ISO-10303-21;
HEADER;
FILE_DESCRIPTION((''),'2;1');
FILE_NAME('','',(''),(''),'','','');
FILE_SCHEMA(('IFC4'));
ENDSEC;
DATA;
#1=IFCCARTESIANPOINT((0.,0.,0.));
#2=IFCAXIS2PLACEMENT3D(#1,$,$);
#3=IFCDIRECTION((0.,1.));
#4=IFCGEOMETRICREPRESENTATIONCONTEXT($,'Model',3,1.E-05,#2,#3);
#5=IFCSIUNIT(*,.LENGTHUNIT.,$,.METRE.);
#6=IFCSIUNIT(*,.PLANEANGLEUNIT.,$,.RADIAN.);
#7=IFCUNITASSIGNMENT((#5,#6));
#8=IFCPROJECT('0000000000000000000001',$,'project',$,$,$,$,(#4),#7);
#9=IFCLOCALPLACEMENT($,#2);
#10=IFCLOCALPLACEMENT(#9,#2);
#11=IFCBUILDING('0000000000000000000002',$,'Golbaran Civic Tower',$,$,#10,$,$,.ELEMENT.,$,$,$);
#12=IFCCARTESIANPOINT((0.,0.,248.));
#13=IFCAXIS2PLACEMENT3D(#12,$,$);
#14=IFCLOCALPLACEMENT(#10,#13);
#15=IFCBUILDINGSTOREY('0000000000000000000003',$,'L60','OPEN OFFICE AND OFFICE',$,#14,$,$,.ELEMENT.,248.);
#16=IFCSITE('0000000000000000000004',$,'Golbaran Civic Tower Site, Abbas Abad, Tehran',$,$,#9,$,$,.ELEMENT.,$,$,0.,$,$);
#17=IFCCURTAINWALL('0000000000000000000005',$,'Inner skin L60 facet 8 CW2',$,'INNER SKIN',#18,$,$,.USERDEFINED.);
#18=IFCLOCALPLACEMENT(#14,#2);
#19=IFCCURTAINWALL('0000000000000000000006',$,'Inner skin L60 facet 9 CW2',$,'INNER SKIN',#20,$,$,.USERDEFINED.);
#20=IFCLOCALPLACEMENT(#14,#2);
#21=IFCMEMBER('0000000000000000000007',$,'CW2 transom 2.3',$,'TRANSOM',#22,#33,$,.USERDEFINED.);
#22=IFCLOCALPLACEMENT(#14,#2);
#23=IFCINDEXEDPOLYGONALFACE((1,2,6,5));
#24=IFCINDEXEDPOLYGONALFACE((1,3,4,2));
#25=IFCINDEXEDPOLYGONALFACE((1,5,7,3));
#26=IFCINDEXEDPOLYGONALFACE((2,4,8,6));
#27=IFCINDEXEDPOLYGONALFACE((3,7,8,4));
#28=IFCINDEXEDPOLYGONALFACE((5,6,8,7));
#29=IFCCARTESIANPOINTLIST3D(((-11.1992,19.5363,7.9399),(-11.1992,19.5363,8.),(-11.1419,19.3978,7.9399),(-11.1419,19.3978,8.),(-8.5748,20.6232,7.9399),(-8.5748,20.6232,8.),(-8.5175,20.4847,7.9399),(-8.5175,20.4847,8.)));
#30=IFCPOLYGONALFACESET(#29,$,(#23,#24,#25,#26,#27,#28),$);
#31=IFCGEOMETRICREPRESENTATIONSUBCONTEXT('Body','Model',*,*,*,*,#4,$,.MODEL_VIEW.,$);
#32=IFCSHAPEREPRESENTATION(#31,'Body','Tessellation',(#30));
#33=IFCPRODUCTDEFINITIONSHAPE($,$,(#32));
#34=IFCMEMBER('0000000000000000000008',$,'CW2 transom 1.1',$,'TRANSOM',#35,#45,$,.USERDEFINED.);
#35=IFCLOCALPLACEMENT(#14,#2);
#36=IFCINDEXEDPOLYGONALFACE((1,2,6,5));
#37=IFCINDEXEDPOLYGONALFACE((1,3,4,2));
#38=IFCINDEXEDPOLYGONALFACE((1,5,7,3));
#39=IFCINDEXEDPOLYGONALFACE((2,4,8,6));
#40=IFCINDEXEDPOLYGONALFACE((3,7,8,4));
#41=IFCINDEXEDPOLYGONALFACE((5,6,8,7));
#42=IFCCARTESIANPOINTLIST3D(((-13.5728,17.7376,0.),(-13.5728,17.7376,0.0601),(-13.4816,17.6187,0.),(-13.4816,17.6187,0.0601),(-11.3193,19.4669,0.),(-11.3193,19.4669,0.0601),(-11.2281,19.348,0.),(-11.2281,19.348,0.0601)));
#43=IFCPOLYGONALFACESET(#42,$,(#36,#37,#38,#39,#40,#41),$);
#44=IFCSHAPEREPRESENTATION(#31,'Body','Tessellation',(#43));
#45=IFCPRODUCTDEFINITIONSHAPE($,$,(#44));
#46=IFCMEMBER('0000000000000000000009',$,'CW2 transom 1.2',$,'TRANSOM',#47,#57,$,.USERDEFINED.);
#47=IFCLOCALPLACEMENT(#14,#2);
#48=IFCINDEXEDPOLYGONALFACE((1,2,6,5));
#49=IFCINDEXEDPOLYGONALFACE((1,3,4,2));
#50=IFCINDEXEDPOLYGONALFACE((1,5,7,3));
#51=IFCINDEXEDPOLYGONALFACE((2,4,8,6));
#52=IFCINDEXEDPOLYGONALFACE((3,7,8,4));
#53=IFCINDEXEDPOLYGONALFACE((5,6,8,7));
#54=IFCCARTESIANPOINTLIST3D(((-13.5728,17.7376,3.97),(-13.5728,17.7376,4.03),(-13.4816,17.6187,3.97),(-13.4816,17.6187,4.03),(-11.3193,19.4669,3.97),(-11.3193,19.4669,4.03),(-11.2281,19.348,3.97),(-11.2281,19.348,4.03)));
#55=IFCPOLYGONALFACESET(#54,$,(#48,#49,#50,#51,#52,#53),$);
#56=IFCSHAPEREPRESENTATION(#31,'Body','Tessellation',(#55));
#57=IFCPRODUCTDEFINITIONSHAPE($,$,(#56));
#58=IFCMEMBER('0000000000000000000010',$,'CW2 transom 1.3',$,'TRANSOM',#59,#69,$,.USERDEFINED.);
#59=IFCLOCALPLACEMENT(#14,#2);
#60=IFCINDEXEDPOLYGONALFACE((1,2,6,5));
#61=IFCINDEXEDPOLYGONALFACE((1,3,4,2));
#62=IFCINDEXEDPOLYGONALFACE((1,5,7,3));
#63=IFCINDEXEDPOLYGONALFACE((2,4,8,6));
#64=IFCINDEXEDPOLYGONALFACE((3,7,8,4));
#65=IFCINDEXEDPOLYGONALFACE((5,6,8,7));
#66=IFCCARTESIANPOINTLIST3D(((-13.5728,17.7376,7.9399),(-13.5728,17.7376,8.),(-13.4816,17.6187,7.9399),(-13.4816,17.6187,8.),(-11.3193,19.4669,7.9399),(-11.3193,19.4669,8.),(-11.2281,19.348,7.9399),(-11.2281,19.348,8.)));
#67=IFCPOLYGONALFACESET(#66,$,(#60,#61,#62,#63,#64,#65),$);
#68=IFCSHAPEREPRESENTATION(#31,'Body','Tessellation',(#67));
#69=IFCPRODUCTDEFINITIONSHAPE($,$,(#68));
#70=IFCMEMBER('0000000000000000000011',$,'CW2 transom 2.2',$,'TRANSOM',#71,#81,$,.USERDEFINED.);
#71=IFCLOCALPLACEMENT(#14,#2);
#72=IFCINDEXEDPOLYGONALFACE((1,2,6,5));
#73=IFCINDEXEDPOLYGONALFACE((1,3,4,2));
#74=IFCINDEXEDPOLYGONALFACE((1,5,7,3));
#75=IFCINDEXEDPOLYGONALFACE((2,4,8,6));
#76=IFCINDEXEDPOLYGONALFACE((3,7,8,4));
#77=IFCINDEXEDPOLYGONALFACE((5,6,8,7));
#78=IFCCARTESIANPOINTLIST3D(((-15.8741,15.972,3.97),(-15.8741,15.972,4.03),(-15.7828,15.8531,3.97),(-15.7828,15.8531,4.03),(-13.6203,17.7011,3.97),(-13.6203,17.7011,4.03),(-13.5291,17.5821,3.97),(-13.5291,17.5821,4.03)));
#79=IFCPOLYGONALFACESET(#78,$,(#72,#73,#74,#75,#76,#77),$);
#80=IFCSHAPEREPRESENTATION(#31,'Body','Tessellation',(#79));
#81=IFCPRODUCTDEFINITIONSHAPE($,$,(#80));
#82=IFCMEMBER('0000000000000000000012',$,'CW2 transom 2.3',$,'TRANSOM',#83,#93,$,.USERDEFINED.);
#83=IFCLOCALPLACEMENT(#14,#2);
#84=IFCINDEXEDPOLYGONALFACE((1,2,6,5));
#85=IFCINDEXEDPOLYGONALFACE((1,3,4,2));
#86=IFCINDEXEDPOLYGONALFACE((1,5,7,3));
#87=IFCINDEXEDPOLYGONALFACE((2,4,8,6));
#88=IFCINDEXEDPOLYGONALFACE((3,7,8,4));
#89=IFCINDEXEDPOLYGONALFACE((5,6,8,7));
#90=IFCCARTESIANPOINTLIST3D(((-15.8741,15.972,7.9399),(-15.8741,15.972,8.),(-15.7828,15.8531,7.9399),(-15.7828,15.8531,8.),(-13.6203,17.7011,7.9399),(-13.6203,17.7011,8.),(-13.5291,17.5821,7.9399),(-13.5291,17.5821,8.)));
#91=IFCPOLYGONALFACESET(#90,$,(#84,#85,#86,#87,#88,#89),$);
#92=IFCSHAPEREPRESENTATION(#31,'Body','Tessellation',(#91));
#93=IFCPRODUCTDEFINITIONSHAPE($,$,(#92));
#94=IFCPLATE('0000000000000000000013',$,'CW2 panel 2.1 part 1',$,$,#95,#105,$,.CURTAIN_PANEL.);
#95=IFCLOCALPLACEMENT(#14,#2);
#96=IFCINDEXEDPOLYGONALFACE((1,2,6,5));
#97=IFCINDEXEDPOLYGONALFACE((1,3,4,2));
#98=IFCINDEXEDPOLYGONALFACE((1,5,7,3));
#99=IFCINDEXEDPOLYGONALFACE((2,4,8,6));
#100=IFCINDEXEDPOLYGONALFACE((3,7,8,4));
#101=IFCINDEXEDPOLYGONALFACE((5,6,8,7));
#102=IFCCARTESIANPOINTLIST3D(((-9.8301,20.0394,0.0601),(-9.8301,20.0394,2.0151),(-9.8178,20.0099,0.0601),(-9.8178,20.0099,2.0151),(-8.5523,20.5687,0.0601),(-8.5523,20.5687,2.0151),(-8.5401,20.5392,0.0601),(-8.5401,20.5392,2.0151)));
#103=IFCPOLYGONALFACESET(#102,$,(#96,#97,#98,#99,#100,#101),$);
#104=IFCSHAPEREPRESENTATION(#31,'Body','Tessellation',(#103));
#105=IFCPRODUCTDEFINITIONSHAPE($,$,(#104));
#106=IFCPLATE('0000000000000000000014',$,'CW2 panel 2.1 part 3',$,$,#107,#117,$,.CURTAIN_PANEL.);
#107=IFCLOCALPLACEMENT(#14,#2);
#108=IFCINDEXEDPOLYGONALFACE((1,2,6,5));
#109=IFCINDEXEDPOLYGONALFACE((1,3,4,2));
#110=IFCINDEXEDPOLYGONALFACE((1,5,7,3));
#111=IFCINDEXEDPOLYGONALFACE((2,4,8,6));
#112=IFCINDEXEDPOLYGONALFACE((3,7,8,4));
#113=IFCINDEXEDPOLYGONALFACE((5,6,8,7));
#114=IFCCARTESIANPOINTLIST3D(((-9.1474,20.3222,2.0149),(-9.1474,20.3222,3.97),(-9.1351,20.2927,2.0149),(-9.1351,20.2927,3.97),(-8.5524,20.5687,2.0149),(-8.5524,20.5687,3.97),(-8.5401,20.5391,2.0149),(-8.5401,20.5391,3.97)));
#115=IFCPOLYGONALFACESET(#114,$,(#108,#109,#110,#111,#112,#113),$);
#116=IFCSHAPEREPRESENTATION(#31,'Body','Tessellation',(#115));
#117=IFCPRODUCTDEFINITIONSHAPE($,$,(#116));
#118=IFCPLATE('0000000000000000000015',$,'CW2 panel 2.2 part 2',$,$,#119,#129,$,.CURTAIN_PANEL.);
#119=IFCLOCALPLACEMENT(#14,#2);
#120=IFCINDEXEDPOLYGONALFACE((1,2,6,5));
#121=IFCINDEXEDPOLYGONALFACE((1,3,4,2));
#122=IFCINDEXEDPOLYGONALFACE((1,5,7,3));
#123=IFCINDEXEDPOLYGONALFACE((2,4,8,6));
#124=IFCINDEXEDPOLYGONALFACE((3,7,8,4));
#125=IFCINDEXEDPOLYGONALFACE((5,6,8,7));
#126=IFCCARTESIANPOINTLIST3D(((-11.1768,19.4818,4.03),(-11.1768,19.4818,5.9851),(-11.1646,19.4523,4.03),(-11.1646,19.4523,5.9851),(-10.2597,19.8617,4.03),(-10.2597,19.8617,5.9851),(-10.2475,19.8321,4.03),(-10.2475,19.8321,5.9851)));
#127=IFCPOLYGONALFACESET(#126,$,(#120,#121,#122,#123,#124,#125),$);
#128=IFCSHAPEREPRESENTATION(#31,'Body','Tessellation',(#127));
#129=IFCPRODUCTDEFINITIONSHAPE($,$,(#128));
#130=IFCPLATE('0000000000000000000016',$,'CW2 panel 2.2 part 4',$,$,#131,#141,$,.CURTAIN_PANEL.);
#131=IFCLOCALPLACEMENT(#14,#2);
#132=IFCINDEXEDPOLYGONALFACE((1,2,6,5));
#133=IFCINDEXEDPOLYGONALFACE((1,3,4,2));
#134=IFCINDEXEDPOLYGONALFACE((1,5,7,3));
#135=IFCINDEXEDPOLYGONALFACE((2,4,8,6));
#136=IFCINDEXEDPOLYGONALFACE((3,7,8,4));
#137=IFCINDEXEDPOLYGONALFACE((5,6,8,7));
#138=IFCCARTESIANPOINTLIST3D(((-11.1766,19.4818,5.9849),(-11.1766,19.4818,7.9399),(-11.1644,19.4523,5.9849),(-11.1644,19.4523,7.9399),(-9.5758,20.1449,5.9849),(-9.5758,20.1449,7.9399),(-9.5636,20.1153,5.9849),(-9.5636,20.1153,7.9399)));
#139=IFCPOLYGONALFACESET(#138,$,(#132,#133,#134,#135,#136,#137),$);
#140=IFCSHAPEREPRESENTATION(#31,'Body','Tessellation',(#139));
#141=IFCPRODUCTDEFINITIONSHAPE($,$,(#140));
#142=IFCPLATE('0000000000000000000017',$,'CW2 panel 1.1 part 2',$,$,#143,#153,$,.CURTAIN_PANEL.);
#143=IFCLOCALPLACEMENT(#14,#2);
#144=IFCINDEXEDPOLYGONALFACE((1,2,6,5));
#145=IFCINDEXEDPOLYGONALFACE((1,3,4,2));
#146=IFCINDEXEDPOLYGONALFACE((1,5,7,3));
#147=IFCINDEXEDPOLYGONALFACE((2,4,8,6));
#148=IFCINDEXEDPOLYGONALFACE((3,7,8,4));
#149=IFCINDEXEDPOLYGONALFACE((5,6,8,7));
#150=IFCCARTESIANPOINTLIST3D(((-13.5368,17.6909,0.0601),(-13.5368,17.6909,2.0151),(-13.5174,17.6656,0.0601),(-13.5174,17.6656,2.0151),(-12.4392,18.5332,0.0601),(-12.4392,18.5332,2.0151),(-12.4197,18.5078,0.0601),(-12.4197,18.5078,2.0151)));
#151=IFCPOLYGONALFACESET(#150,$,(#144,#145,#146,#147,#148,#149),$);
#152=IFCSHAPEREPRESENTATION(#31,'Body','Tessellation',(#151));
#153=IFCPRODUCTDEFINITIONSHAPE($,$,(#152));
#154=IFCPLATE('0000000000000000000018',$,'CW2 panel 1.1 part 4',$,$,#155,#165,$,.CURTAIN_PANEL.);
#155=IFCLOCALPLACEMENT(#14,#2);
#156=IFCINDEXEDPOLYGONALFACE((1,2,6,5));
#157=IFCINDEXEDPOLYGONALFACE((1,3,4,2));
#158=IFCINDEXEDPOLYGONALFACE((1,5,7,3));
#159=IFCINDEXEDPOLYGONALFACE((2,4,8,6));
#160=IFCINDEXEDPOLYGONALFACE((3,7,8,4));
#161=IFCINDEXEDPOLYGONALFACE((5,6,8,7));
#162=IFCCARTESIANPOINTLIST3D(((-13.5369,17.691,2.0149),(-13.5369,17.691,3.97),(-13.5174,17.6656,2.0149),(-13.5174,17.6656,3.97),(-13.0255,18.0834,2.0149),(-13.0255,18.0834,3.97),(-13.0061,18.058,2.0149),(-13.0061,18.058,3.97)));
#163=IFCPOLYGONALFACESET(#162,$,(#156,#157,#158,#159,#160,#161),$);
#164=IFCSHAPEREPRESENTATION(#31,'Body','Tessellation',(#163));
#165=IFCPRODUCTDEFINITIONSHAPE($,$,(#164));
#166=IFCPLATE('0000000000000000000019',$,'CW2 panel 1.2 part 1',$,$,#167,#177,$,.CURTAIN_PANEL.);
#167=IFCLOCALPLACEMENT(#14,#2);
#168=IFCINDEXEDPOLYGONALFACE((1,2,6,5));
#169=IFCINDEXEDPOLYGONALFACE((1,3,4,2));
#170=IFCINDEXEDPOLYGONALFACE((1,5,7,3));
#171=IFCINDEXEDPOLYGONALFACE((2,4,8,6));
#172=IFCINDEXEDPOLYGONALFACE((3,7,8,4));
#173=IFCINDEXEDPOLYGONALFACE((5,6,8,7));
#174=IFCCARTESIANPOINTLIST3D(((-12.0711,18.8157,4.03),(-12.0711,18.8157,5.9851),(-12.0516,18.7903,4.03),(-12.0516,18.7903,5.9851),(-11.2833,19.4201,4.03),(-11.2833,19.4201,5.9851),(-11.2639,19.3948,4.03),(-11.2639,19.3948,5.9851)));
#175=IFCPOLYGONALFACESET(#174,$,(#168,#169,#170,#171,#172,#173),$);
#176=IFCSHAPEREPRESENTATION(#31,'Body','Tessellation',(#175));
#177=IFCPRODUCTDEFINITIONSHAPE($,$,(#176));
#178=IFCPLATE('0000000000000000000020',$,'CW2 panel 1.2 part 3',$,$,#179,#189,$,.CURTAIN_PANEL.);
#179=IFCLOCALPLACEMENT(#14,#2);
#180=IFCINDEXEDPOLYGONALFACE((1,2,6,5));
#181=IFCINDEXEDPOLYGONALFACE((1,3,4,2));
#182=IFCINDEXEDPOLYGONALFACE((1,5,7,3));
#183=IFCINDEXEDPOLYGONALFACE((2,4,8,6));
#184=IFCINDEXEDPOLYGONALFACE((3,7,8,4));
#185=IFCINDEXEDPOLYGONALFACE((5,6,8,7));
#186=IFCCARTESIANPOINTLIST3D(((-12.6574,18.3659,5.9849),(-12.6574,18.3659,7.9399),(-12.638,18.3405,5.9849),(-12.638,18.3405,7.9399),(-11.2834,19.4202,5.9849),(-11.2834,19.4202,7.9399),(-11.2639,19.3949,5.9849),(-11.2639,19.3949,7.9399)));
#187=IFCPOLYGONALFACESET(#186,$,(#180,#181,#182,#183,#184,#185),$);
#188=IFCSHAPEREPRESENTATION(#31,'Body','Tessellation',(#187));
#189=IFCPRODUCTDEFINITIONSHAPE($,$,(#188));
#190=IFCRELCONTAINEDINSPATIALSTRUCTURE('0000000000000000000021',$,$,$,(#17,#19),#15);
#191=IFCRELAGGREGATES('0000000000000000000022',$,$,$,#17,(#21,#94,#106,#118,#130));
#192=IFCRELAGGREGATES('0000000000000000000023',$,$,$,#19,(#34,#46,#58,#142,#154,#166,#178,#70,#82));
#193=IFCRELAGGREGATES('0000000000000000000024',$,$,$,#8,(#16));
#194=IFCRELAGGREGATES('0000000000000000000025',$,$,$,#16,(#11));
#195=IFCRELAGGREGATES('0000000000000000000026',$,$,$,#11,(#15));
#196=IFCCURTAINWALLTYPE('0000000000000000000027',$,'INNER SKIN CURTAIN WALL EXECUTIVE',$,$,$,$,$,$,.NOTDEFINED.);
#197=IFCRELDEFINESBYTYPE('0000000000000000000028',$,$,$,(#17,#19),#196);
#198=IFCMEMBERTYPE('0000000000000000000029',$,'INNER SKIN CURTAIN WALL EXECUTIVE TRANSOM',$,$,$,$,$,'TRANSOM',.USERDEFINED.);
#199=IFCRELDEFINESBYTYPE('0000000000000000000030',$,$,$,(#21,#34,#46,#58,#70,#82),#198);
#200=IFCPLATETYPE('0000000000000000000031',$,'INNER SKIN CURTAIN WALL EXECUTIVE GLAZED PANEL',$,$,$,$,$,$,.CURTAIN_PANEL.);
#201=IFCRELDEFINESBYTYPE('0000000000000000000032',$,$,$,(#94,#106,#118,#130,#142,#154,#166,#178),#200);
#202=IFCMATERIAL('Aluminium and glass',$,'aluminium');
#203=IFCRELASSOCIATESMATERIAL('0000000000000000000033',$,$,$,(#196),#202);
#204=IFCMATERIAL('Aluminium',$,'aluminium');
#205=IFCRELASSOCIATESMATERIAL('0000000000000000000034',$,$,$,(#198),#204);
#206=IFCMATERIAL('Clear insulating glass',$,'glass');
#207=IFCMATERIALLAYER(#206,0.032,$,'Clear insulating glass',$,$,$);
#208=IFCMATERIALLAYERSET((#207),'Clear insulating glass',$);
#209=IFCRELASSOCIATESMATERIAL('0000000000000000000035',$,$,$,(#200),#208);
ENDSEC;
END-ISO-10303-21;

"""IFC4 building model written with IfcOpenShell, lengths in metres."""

from ifc_helpers import new_model, si_unit, direction, frame, origin, origin_2d, place, context, subcontext, project, spatial, rectangle, extrude, material, layer, layer_set, material_profile, profile_set, type_object, element, aggregate, save


model = new_model("IFC4")

# Units and contexts
model_context = context("Model", 3, precision=1e-05, world=origin(), true_north=direction((0.0, 1.0)))
body_context = subcontext(model_context, "Body", "Model", "MODEL_VIEW")
ifc_project = project(units=[si_unit("LENGTHUNIT", "METRE"), si_unit("PLANEANGLEUNIT", "RADIAN")], contexts=[model_context])

# Site, building, storey
site_placement = place(None, origin())
site = spatial("IfcSite", under=ifc_project, at=site_placement, Name="Golbaran Civic Tower Site, Abbas Abad, Tehran", CompositionType="ELEMENT", RefElevation=0.0)
building_placement = place(site_placement, origin())
building = spatial("IfcBuilding", under=site, at=building_placement, Name="Golbaran Civic Tower", CompositionType="ELEMENT")
storey_placement = place(building_placement, frame((0.0, 0.0, 248.0)))
storey = spatial("IfcBuildingStorey", under=building, at=storey_placement, Name="L60", Description="OPEN OFFICE AND OFFICE", CompositionType="ELEMENT", Elevation=248.0)

# Curtain walls
ifc_material_1 = material(Name="Aluminium and glass", Category="aluminium")
curtain_wall_type = type_object("IfcCurtainWallType", Name="INNER SKIN CURTAIN WALL EXECUTIVE", PredefinedType="NOTDEFINED", material=ifc_material_1)
curtain_wall_1_placement = place(storey_placement, origin())
curtain_wall_1 = element("IfcCurtainWall", 1, at=curtain_wall_1_placement, inside=storey, type_object=curtain_wall_type, Name="Inner skin L60 facet 8 CW2", ObjectType="INNER SKIN", PredefinedType="USERDEFINED")
ifc_material_2 = material(Name="Aluminium", Category="aluminium")
curtain_wall_2_placement = place(storey_placement, origin())
curtain_wall_2 = element("IfcCurtainWall", 2, at=curtain_wall_2_placement, inside=storey, type_object=curtain_wall_type, Name="Inner skin L60 facet 9 CW2", ObjectType="INNER SKIN", PredefinedType="USERDEFINED")

# Members
ifc_material_profile_1 = material_profile(ifc_material_2, rectangle(XDim=0.1499, YDim=0.0601, at=origin_2d()), Name="INNER SKIN CURTAIN WALL EXECUTIVE TRANSOM")
ifc_profile_set_1 = profile_set([ifc_material_profile_1], Name="Aluminium")
member_type_1 = type_object("IfcMemberType", Name="INNER SKIN CURTAIN WALL EXECUTIVE TRANSOM", ElementType="TRANSOM", PredefinedType="USERDEFINED", material=ifc_profile_set_1)
member_1_placement = place(storey_placement, frame((-8.5461, 20.554, 7.97), z_axis=(-0.923904, -0.382625, 0.0), x_axis=(0.382625, -0.923904, 0.0)))
member_1 = element("IfcMember", 3, at=member_1_placement, type_object=member_type_1, Name="CW2 transom 2.3", ObjectType="TRANSOM", PredefinedType="USERDEFINED", context=body_context, shape_type="SweptSolid", body=[
    extrude(rectangle(XDim=0.1499, YDim=0.0601, at=origin_2d()), origin(), (0.0, 0.0, 1.0), 2.8406),
])
member_2_placement = place(storey_placement, frame((-11.2737, 19.4075, 0.03), z_axis=(-0.79333, -0.608792, 0.0), x_axis=(0.608792, -0.79333, 0.0)))
member_2 = element("IfcMember", 4, at=member_2_placement, type_object=member_type_1, Name="CW2 transom 1.1", ObjectType="TRANSOM", PredefinedType="USERDEFINED", context=body_context, shape_type="SweptSolid", body=[
    extrude(rectangle(XDim=0.1499, YDim=0.0601, at=origin_2d()), origin(), (0.0, 0.0, 1.0), 2.8406),
])
member_3_placement = place(storey_placement, frame((-11.2737, 19.4075, 4.0), z_axis=(-0.79333, -0.608792, 0.0), x_axis=(0.608792, -0.79333, 0.0)))
member_3 = element("IfcMember", 5, at=member_3_placement, type_object=member_type_1, Name="CW2 transom 1.2", ObjectType="TRANSOM", PredefinedType="USERDEFINED", context=body_context, shape_type="SweptSolid", body=[
    extrude(rectangle(XDim=0.1499, YDim=0.0601, at=origin_2d()), origin(), (0.0, 0.0, 1.0), 2.8406),
])
member_4_placement = place(storey_placement, frame((-11.2737, 19.4075, 7.97), z_axis=(-0.79333, -0.608792, 0.0), x_axis=(0.608792, -0.79333, 0.0)))
member_4 = element("IfcMember", 6, at=member_4_placement, type_object=member_type_1, Name="CW2 transom 1.3", ObjectType="TRANSOM", PredefinedType="USERDEFINED", context=body_context, shape_type="SweptSolid", body=[
    extrude(rectangle(XDim=0.1499, YDim=0.0601, at=origin_2d()), origin(), (0.0, 0.0, 1.0), 2.8406),
])
member_5_placement = place(storey_placement, frame((-13.5747, 17.6416, 4.0), z_axis=(-0.793403, -0.608697, 0.0), x_axis=(0.608697, -0.793403, 0.0)))
member_5 = element("IfcMember", 7, at=member_5_placement, type_object=member_type_1, Name="CW2 transom 2.2", ObjectType="TRANSOM", PredefinedType="USERDEFINED", context=body_context, shape_type="SweptSolid", body=[
    extrude(rectangle(XDim=0.1499, YDim=0.0601, at=origin_2d()), origin(), (0.0, 0.0, 1.0), 2.8406),
])
member_6_placement = place(storey_placement, frame((-13.5747, 17.6416, 7.97), z_axis=(-0.793403, -0.608697, 0.0), x_axis=(0.608697, -0.793403, 0.0)))
member_6 = element("IfcMember", 8, at=member_6_placement, type_object=member_type_1, Name="CW2 transom 2.3", ObjectType="TRANSOM", PredefinedType="USERDEFINED", context=body_context, shape_type="SweptSolid", body=[
    extrude(rectangle(XDim=0.1499, YDim=0.0601, at=origin_2d()), origin(), (0.0, 0.0, 1.0), 2.8406),
])

# Plates
ifc_material_3 = material(Name="Clear insulating glass", Category="glass")
ifc_layer_1 = layer(ifc_material_3, 0.032, Name="Clear insulating glass")
ifc_layer_set_1 = layer_set([ifc_layer_1], Name="Clear insulating glass")
plate_type_1 = type_object("IfcPlateType", Name="INNER SKIN CURTAIN WALL EXECUTIVE GLAZED PANEL", PredefinedType="CURTAIN_PANEL", material=ifc_layer_set_1)
plate_1_placement = place(storey_placement, frame((-9.1851, 20.2893, 0.0601), z_axis=(0.0, 0.0, 1.0), x_axis=(-0.92388, -0.382683, 0.0)))
plate_1 = element("IfcPlate", 9, at=plate_1_placement, type_object=plate_type_1, Name="CW2 panel 2.1 part 1", PredefinedType="CURTAIN_PANEL", context=body_context, shape_type="SweptSolid", body=[
    extrude(rectangle(XDim=1.3831, YDim=0.032, at=origin_2d()), origin(), (0.0, 0.0, 1.0), 1.9551),
])
plate_2_placement = place(storey_placement, frame((-8.8438, 20.4307, 2.0149), z_axis=(0.0, 0.0, 1.0), x_axis=(-0.92388, -0.382683, 0.0)))
plate_2 = element("IfcPlate", 10, at=plate_2_placement, type_object=plate_type_1, Name="CW2 panel 2.1 part 3", PredefinedType="CURTAIN_PANEL", context=body_context, shape_type="SweptSolid", body=[
    extrude(rectangle(XDim=0.644, YDim=0.032, at=origin_2d()), origin(), (0.0, 0.0, 1.0), 1.9551),
])
plate_3_placement = place(storey_placement, frame((-10.7122, 19.657, 4.03), z_axis=(0.0, 0.0, 1.0), x_axis=(-0.92388, -0.382683, 0.0)))
plate_3 = element("IfcPlate", 11, at=plate_3_placement, type_object=plate_type_1, Name="CW2 panel 2.2 part 2", PredefinedType="CURTAIN_PANEL", context=body_context, shape_type="SweptSolid", body=[
    extrude(rectangle(XDim=0.9927, YDim=0.032, at=origin_2d()), origin(), (0.0, 0.0, 1.0), 1.9551),
])
plate_4_placement = place(storey_placement, frame((-10.3701, 19.7986, 5.9849), z_axis=(0.0, 0.0, 1.0), x_axis=(-0.92388, -0.382683, 0.0)))
plate_4 = element("IfcPlate", 12, at=plate_4_placement, type_object=plate_type_1, Name="CW2 panel 2.2 part 4", PredefinedType="CURTAIN_PANEL", context=body_context, shape_type="SweptSolid", body=[
    extrude(rectangle(XDim=1.7327, YDim=0.032, at=origin_2d()), origin(), (0.0, 0.0, 1.0), 1.9551),
])
plate_5_placement = place(storey_placement, frame((-12.9783, 18.0994, 0.0601), z_axis=(0.0, 0.0, 1.0), x_axis=(-0.793353, -0.608761, 0.0)))
plate_5 = element("IfcPlate", 13, at=plate_5_placement, type_object=plate_type_1, Name="CW2 panel 1.1 part 2", PredefinedType="CURTAIN_PANEL", context=body_context, shape_type="SweptSolid", body=[
    extrude(rectangle(XDim=1.3835, YDim=0.032, at=origin_2d()), origin(), (0.0, 0.0, 1.0), 1.9551),
])
plate_6_placement = place(storey_placement, frame((-13.2715, 17.8745, 2.0149), z_axis=(0.0, 0.0, 1.0), x_axis=(-0.793353, -0.608761, 0.0)))
plate_6 = element("IfcPlate", 14, at=plate_6_placement, type_object=plate_type_1, Name="CW2 panel 1.1 part 4", PredefinedType="CURTAIN_PANEL", context=body_context, shape_type="SweptSolid", body=[
    extrude(rectangle(XDim=0.6445, YDim=0.032, at=origin_2d()), origin(), (0.0, 0.0, 1.0), 1.9551),
])
plate_7_placement = place(storey_placement, frame((-11.6675, 19.1052, 4.03), z_axis=(0.0, 0.0, 1.0), x_axis=(-0.793353, -0.608761, 0.0)))
plate_7 = element("IfcPlate", 15, at=plate_7_placement, type_object=plate_type_1, Name="CW2 panel 1.2 part 1", PredefinedType="CURTAIN_PANEL", context=body_context, shape_type="SweptSolid", body=[
    extrude(rectangle(XDim=0.9929, YDim=0.032, at=origin_2d()), origin(), (0.0, 0.0, 1.0), 1.9551),
])
plate_8_placement = place(storey_placement, frame((-11.9607, 18.8804, 5.9849), z_axis=(0.0, 0.0, 1.0), x_axis=(-0.793353, -0.608761, 0.0)))
plate_8 = element("IfcPlate", 16, at=plate_8_placement, type_object=plate_type_1, Name="CW2 panel 1.2 part 3", PredefinedType="CURTAIN_PANEL", context=body_context, shape_type="SweptSolid", body=[
    extrude(rectangle(XDim=1.7319, YDim=0.032, at=origin_2d()), origin(), (0.0, 0.0, 1.0), 1.9551),
])
aggregate(curtain_wall_1, [member_1, plate_1, plate_2, plate_3, plate_4])
aggregate(curtain_wall_2, [member_2, member_3, member_4, plate_5, plate_6, plate_7, plate_8, member_5, member_6])

save(model, "model.ifc")
